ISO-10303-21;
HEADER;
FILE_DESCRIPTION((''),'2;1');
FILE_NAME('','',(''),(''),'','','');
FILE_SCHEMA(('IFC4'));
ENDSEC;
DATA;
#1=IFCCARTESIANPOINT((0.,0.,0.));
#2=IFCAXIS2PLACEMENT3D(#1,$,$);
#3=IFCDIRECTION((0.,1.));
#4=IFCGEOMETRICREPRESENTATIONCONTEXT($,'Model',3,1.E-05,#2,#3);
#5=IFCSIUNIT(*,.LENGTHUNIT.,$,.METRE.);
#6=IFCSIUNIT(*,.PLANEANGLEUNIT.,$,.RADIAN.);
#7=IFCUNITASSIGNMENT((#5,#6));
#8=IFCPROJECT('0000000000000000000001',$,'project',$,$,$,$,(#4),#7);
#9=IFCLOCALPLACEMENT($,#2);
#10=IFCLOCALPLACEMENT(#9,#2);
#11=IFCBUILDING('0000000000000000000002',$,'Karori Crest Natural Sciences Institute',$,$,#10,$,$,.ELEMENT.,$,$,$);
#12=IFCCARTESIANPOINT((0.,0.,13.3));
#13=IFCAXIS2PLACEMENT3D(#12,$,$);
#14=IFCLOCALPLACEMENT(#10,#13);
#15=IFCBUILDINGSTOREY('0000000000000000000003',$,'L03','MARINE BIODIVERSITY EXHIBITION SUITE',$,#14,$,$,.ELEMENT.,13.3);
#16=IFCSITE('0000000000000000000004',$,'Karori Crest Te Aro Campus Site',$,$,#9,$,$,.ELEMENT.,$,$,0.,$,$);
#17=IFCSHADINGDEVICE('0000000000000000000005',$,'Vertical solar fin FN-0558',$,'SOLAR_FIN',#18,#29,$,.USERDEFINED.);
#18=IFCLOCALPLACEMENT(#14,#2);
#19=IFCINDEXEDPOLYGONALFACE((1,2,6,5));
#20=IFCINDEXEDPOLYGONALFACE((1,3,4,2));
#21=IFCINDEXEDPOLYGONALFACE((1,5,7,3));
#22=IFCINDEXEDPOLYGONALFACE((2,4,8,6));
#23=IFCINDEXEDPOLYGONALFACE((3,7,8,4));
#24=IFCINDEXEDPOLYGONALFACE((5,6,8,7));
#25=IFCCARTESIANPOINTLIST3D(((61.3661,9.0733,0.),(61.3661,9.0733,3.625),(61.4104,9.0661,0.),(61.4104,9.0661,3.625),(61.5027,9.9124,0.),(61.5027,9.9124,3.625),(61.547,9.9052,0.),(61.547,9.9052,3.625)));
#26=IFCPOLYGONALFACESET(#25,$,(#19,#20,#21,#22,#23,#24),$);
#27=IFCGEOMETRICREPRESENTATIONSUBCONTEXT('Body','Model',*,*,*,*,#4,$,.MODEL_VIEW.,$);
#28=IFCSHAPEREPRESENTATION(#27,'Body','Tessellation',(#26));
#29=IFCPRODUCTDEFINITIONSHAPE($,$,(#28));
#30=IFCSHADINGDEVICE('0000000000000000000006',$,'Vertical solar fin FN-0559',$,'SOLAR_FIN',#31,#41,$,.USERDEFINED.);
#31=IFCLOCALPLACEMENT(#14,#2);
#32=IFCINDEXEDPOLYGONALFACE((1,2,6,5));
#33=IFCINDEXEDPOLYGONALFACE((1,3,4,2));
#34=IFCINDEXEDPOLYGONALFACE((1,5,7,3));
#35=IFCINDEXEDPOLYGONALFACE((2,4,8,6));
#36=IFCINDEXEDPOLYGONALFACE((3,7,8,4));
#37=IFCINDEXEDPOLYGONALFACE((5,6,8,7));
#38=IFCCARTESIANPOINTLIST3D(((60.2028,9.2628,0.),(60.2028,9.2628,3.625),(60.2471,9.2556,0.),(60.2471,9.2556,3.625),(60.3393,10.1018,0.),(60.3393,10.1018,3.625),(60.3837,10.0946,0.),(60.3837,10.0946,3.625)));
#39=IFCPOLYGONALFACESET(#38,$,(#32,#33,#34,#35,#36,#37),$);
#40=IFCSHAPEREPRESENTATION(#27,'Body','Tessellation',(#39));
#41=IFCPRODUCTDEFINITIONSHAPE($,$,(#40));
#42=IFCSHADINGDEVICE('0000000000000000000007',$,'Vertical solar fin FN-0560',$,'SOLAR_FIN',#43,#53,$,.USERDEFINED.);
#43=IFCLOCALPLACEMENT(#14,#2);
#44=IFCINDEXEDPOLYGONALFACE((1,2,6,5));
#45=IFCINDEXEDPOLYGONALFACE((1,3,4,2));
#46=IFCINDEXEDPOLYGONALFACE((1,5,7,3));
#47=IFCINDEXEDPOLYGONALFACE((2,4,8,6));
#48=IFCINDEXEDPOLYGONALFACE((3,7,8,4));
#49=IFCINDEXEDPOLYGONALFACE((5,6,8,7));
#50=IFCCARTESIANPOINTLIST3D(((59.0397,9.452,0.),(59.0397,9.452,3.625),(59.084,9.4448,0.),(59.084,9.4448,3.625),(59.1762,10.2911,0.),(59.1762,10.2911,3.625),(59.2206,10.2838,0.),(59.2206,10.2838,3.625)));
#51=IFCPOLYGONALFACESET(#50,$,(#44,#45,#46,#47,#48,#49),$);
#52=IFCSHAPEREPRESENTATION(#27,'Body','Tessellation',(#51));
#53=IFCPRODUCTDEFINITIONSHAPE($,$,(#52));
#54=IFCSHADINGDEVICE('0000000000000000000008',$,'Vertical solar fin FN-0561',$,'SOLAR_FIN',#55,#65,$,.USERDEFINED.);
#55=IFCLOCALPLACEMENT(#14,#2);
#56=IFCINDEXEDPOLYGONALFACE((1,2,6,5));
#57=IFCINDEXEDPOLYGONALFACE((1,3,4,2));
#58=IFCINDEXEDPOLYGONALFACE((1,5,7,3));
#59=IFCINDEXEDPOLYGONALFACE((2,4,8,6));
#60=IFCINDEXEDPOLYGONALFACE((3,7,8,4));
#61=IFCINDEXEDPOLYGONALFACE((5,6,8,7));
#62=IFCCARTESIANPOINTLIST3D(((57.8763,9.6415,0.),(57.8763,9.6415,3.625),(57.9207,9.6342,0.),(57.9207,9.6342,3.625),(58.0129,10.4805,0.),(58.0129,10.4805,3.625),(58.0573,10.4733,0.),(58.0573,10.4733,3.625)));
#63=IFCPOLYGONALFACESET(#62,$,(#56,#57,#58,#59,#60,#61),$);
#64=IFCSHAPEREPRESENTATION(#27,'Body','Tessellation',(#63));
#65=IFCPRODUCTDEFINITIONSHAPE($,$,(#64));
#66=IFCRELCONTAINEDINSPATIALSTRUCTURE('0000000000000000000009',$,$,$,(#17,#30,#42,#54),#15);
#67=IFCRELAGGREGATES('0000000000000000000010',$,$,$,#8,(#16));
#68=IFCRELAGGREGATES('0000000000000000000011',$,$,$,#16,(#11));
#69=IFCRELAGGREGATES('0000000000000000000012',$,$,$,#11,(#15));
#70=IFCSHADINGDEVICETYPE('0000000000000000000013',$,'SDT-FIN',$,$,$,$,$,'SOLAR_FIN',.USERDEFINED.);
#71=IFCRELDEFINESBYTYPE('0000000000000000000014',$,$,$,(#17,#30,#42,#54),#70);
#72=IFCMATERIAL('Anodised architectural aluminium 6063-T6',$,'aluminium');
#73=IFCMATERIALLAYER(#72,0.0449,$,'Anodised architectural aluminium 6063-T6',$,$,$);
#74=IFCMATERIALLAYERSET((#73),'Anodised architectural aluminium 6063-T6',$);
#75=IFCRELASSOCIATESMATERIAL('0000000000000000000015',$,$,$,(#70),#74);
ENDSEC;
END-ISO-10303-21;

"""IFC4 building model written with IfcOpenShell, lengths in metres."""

from ifc_helpers import new_model, si_unit, direction, frame, origin, origin_2d, place, context, subcontext, project, spatial, rectangle, extrude, material, layer, layer_set, type_object, element, save


model = new_model("IFC4")

# Units and contexts
model_context = context("Model", 3, precision=1e-05, world=origin(), true_north=direction((0.0, 1.0)))
body_context = subcontext(model_context, "Body", "Model", "MODEL_VIEW")
ifc_project = project(units=[si_unit("LENGTHUNIT", "METRE"), si_unit("PLANEANGLEUNIT", "RADIAN")], contexts=[model_context])

# Site, building, storey
site_placement = place(None, origin())
site = spatial("IfcSite", under=ifc_project, at=site_placement, Name="Karori Crest Te Aro Campus Site", CompositionType="ELEMENT", RefElevation=0.0)
building_placement = place(site_placement, origin())
building = spatial("IfcBuilding", under=site, at=building_placement, Name="Karori Crest Natural Sciences Institute", CompositionType="ELEMENT")
storey_placement = place(building_placement, frame((0.0, 0.0, 13.3)))
storey = spatial("IfcBuildingStorey", under=building, at=storey_placement, Name="L03", Description="MARINE BIODIVERSITY EXHIBITION SUITE", CompositionType="ELEMENT", Elevation=13.3)

# Shared definitions
ifc_material_1 = material(Name="Anodised architectural aluminium 6063-T6", Category="aluminium")

# Shading devices
ifc_layer_1 = layer(ifc_material_1, 0.0449, Name="Anodised architectural aluminium 6063-T6")
ifc_layer_set_1 = layer_set([ifc_layer_1], Name="Anodised architectural aluminium 6063-T6")
shading_device_type = type_object("IfcShadingDeviceType", Name="SDT-FIN", ElementType="SOLAR_FIN", PredefinedType="USERDEFINED", material=ifc_layer_set_1)
for number, where, z_axis, x_axis, name in (
    (1, (61.4565, 9.4893, 0.0), (0.0, 0.0, 1.0), (-0.160655, -0.987011, 0.0), "Vertical solar fin FN-0558"),
    (2, (60.2932, 9.6787, 0.0), (0.0, 0.0, 1.0), (-0.160655, -0.987011, 0.0), "Vertical solar fin FN-0559"),
    (3, (59.1301, 9.8679, 0.0), (0.0, 0.0, 1.0), (-0.160655, -0.987011, 0.0), "Vertical solar fin FN-0560"),
    (4, (57.9668, 10.0574, 0.0), (0.0, 0.0, 1.0), (-0.160655, -0.987011, 0.0), "Vertical solar fin FN-0561"),
):
    element("IfcShadingDevice", number, at=place(storey_placement, frame(where, z_axis=z_axis, x_axis=x_axis)), inside=storey, type_object=shading_device_type, Name=name, ObjectType="SOLAR_FIN", PredefinedType="USERDEFINED", context=body_context, shape_type="SweptSolid", body=[
        extrude(rectangle(XDim=0.8501, YDim=0.0449, at=origin_2d()), origin(), (0.0, 0.0, 1.0), 3.625),
    ])

save(model, "model.ifc")
